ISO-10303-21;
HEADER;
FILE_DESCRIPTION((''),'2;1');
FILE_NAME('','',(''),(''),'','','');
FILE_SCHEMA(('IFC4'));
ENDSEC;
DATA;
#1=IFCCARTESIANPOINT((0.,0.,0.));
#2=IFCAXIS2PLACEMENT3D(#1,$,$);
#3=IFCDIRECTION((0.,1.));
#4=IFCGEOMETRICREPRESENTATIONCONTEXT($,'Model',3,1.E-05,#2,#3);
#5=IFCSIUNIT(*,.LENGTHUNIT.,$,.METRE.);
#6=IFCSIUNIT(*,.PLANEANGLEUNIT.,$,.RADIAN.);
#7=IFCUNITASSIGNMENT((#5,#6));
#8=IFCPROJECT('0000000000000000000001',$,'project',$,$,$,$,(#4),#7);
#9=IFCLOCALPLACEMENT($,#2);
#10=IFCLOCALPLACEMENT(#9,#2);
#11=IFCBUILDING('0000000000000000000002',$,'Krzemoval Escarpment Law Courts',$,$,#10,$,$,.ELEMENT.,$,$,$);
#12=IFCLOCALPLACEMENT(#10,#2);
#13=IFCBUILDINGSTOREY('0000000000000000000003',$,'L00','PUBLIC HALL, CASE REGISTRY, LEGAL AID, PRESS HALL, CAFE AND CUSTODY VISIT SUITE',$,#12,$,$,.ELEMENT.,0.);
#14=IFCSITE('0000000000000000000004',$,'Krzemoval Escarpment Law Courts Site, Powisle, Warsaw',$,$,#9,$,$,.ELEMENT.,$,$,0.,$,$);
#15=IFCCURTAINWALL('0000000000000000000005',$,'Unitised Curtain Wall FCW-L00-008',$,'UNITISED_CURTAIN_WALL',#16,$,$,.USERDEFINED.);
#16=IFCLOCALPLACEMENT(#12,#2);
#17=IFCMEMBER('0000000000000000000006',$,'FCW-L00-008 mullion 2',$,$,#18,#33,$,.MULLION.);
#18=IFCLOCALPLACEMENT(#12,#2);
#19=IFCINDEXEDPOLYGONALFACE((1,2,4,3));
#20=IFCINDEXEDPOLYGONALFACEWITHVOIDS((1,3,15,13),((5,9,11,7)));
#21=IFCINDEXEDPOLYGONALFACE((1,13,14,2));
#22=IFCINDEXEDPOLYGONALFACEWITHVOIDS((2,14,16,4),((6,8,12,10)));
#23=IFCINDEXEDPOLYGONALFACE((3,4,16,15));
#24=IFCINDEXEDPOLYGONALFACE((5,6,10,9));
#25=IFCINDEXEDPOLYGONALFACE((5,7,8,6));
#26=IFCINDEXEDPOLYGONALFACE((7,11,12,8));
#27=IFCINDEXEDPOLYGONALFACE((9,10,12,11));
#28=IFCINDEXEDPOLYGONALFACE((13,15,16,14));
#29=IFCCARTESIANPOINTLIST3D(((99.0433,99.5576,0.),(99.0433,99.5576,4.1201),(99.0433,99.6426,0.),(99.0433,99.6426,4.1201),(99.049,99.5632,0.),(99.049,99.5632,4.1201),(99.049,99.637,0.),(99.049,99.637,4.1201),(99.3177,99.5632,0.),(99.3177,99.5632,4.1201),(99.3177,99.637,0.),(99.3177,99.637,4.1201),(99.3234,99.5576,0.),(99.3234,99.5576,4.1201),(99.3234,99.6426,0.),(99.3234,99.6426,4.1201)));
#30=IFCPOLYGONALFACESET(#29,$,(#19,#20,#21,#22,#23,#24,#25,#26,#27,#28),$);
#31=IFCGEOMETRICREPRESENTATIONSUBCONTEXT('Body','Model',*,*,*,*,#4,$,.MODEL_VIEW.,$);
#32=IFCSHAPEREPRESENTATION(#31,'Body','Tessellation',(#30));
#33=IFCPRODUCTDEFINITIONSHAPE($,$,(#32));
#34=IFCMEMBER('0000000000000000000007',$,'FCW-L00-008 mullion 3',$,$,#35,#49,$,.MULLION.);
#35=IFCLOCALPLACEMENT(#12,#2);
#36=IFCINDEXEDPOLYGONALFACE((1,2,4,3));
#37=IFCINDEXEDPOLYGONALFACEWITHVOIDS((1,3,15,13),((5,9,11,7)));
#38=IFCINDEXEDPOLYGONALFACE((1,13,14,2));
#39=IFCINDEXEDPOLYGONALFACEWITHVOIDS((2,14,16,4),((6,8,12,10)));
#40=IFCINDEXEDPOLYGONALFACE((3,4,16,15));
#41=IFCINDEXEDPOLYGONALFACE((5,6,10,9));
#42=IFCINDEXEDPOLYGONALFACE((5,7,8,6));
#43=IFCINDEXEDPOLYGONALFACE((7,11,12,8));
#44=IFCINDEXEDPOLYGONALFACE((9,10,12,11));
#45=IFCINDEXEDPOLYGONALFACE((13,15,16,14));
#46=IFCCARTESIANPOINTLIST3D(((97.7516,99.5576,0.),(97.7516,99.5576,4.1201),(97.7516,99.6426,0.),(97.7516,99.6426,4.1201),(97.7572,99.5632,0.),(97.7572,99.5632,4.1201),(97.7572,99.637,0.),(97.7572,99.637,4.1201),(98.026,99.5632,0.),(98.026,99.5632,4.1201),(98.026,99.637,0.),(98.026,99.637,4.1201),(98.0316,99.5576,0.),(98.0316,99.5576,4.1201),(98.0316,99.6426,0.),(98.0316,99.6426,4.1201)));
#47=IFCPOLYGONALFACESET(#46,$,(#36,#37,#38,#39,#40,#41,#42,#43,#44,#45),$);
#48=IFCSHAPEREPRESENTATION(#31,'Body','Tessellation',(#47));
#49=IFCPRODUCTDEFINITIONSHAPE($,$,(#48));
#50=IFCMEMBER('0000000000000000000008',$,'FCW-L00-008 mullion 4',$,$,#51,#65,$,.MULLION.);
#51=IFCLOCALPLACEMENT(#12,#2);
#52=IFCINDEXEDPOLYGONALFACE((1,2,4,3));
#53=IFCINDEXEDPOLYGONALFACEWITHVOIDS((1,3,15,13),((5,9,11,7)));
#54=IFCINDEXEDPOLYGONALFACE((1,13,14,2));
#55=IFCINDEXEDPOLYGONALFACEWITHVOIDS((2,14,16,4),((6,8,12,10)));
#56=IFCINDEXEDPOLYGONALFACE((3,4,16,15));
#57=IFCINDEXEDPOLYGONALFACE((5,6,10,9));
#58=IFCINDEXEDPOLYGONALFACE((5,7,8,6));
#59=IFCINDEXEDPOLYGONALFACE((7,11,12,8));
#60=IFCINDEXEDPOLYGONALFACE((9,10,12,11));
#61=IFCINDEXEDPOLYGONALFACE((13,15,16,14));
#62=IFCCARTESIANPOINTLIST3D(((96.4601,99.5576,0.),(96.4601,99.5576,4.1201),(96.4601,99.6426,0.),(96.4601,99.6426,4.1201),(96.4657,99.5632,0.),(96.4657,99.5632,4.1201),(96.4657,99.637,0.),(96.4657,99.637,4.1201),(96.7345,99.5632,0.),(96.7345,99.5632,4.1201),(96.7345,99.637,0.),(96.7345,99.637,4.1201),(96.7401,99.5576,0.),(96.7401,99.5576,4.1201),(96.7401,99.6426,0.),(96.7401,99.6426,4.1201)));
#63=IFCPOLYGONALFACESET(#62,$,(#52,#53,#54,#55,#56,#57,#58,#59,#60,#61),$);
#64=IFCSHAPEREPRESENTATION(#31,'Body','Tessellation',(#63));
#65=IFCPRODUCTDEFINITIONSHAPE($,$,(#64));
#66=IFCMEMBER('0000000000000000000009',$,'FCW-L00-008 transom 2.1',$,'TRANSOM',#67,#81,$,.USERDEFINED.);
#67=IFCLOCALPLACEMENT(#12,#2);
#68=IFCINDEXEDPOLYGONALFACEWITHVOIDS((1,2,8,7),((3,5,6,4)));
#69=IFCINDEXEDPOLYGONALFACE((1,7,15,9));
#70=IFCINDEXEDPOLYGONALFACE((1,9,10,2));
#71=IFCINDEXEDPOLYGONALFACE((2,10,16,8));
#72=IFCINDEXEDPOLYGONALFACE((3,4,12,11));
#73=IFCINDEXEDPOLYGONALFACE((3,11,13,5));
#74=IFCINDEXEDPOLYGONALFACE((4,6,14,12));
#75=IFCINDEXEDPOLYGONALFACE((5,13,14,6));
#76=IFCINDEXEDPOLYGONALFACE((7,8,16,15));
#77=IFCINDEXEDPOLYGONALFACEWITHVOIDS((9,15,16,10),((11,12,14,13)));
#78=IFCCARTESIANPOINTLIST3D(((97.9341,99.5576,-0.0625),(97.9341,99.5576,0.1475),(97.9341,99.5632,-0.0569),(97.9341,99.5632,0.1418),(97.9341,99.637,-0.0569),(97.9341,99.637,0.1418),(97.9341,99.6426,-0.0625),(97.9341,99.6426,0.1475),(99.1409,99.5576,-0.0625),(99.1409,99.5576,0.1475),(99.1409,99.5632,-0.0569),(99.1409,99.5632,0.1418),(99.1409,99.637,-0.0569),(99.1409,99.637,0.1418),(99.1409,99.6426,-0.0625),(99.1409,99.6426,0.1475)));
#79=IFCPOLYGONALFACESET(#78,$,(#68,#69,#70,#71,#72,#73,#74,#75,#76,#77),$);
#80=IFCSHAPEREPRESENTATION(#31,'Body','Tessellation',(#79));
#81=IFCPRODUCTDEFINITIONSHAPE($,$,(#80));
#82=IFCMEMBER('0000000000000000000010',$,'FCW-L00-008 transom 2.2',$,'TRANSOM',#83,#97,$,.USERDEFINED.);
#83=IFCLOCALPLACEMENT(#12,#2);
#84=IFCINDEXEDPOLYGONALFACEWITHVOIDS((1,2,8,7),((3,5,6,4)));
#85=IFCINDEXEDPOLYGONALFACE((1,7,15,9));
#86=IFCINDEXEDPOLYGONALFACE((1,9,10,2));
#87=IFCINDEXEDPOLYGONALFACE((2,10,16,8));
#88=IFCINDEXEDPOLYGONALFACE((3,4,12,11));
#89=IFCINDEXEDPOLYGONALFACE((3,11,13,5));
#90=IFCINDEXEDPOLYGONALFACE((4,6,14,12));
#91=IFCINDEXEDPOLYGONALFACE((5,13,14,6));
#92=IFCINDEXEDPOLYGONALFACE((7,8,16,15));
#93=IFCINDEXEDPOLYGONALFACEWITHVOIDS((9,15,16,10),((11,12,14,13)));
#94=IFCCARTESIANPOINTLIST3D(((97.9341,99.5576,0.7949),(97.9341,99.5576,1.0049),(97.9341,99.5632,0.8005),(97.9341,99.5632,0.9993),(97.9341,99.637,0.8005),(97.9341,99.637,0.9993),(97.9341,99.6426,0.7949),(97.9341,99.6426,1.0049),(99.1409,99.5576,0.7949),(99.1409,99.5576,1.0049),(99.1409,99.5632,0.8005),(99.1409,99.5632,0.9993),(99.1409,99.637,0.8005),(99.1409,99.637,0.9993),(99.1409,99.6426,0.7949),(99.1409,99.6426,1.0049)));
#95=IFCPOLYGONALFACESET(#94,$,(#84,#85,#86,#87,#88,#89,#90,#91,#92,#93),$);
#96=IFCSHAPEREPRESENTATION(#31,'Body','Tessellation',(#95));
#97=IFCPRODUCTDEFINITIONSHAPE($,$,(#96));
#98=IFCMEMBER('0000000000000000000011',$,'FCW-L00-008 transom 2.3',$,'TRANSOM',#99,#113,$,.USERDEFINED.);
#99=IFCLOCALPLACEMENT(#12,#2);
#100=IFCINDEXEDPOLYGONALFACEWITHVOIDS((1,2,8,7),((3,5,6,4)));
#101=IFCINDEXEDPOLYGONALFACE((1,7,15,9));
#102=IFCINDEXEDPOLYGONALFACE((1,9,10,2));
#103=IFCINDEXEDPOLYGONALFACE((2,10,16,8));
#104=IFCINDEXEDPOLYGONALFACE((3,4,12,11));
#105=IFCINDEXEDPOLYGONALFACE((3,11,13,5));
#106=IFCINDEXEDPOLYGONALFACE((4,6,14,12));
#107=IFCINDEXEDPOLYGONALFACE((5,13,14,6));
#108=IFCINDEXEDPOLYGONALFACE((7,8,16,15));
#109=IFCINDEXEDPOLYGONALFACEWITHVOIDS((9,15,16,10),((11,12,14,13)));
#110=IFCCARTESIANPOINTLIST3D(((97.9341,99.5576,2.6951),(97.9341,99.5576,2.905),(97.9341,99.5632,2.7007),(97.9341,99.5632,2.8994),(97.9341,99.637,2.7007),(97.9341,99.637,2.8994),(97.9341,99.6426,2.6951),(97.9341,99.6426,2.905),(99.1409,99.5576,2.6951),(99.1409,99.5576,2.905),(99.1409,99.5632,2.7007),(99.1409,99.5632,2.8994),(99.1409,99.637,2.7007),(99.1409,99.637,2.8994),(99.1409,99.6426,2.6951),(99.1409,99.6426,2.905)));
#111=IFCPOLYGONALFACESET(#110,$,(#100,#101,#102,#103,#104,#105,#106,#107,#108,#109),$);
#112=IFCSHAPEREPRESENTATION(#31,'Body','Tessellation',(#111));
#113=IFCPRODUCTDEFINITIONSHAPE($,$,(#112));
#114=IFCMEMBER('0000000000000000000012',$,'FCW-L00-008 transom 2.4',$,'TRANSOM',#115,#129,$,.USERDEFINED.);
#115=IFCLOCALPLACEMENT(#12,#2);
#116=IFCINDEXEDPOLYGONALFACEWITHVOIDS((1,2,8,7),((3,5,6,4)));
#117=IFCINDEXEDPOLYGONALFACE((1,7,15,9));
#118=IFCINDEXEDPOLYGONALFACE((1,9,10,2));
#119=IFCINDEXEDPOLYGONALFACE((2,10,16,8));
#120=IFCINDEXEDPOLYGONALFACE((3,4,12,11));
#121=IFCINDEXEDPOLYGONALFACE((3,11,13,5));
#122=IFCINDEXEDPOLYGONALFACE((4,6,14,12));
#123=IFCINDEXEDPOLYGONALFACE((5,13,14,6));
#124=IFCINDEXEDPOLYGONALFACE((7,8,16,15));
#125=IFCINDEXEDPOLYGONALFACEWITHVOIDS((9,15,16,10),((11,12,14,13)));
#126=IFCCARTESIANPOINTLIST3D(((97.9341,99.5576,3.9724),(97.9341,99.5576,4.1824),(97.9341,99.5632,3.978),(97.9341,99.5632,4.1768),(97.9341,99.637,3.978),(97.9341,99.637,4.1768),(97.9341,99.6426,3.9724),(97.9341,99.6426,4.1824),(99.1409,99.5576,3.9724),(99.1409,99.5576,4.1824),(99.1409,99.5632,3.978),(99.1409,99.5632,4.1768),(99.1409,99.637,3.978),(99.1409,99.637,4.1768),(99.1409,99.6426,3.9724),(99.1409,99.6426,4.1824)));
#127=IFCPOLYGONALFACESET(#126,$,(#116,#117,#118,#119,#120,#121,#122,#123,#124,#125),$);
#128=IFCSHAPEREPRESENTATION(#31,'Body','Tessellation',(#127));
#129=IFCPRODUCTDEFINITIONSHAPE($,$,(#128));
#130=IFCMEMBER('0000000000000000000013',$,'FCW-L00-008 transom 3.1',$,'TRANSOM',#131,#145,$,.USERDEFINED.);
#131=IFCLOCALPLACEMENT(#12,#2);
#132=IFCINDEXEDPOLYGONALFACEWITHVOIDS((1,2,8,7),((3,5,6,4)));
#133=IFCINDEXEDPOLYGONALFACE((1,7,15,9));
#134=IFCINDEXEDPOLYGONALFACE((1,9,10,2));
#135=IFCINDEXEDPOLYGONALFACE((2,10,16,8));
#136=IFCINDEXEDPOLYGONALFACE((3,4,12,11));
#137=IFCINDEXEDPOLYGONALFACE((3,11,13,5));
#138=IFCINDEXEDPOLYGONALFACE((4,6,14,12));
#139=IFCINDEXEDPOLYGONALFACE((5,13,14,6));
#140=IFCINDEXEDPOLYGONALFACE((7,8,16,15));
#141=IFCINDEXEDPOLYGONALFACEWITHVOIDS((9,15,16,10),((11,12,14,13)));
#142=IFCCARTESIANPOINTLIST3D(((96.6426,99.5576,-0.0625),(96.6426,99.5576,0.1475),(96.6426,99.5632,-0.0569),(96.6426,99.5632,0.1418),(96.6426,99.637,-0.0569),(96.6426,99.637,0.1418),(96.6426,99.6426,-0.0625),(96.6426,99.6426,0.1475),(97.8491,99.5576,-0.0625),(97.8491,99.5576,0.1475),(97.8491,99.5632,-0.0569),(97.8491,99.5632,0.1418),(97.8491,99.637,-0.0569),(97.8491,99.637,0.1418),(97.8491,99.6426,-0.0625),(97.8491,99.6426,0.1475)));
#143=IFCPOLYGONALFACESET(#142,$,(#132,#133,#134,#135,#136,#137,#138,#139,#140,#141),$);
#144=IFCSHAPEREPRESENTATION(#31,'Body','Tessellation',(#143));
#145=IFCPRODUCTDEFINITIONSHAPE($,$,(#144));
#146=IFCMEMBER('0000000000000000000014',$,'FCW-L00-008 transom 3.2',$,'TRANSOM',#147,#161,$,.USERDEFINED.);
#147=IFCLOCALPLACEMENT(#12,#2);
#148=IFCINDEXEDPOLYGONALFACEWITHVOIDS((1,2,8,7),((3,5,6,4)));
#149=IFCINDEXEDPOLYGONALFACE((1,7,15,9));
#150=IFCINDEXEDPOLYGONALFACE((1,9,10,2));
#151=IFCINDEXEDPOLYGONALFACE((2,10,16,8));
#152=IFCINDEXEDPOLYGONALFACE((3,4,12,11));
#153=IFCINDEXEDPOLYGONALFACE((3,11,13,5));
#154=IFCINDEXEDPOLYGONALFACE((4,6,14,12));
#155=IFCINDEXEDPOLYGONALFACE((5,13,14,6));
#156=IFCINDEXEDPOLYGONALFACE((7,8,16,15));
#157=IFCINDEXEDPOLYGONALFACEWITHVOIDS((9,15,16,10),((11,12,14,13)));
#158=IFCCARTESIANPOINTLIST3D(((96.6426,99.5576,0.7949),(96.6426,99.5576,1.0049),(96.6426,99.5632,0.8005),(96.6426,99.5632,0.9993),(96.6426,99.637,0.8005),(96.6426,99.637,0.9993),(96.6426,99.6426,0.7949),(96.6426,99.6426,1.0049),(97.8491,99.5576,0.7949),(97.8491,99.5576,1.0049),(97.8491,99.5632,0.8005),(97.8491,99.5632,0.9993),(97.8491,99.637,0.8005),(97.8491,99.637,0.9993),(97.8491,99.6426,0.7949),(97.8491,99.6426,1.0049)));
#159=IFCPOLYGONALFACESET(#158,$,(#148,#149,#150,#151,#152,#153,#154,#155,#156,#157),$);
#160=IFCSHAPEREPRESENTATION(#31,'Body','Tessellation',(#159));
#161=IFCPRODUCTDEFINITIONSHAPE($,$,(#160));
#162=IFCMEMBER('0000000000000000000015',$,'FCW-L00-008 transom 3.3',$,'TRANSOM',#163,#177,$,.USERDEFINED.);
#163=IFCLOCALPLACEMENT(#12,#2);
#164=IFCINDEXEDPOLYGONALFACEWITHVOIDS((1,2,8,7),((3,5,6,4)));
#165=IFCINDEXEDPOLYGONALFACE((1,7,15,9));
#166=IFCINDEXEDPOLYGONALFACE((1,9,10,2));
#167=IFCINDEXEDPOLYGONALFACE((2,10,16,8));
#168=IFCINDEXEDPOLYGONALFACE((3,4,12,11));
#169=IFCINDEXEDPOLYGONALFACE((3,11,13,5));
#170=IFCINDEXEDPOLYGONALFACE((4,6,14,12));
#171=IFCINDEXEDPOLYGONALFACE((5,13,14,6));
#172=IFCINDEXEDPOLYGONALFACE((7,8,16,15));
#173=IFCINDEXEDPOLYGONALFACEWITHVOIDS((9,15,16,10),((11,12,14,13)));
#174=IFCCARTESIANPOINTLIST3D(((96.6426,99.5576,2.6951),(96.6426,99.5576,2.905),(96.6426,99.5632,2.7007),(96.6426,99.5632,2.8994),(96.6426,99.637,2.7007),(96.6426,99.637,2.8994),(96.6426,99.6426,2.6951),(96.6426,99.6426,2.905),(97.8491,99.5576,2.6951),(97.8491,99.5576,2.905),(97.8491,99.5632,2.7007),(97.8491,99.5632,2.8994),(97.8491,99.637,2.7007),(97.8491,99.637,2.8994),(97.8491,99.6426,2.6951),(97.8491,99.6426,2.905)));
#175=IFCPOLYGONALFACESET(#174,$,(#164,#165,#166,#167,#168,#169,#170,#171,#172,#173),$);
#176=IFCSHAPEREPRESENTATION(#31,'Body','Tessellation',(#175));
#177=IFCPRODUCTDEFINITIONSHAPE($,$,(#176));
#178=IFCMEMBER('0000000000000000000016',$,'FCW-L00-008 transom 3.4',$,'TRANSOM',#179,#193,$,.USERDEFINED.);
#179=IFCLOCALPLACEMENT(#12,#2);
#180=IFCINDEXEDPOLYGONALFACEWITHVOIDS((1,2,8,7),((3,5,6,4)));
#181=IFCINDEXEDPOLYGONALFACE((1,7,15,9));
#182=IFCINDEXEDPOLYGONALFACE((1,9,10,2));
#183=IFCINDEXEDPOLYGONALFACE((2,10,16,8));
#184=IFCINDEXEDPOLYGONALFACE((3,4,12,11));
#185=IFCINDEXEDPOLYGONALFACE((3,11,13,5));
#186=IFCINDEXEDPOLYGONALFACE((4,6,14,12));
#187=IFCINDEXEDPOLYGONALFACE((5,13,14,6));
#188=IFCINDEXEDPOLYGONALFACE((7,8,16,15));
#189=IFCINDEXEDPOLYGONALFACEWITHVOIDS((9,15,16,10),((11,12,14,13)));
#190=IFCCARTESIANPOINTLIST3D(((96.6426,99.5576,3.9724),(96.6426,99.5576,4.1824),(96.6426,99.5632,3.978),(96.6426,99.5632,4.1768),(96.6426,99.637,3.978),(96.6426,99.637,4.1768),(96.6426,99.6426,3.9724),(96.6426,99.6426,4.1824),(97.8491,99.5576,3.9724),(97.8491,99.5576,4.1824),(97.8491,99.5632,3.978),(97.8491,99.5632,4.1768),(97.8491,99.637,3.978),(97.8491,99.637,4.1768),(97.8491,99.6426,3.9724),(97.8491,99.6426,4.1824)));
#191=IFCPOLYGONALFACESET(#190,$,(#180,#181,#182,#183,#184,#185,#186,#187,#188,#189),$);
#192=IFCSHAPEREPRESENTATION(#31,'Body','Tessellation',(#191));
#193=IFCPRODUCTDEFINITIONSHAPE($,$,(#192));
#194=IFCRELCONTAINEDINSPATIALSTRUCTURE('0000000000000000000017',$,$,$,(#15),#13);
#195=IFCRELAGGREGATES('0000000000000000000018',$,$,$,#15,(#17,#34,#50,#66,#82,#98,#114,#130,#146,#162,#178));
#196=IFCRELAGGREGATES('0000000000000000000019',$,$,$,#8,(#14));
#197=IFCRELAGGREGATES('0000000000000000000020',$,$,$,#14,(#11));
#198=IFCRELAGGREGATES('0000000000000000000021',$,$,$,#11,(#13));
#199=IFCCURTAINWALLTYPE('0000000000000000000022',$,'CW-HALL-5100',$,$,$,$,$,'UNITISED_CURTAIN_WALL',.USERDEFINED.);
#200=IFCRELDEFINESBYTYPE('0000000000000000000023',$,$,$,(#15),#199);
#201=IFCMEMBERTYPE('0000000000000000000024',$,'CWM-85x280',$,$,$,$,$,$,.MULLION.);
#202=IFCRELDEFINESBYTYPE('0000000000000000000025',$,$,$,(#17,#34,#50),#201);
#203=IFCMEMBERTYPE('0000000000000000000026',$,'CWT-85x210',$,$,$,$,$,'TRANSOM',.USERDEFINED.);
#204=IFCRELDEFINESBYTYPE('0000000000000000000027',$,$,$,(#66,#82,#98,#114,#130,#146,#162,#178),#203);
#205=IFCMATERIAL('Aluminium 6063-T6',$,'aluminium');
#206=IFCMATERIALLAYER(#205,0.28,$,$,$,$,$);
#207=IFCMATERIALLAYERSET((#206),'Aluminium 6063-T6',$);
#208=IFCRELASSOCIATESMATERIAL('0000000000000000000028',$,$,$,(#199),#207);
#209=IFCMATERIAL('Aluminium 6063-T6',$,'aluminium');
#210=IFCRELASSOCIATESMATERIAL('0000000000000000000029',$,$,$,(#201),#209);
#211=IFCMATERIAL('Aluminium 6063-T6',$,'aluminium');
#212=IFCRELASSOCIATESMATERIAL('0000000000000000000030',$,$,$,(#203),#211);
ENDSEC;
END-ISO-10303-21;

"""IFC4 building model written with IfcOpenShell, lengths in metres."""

from ifc_helpers import new_model, si_unit, direction, frame, origin, origin_2d, place, context, subcontext, project, spatial, hollow_rectangle, extrude, material, layer, layer_set, material_profile, profile_set, type_object, element, aggregate, save


model = new_model("IFC4")

# Units and contexts
model_context = context("Model", 3, precision=1e-05, world=origin(), true_north=direction((0.0, 1.0)))
body_context = subcontext(model_context, "Body", "Model", "MODEL_VIEW")
ifc_project = project(units=[si_unit("LENGTHUNIT", "METRE"), si_unit("PLANEANGLEUNIT", "RADIAN")], contexts=[model_context])

# Site, building, storey
site_placement = place(None, origin())
site = spatial("IfcSite", under=ifc_project, at=site_placement, Name="Krzemoval Escarpment Law Courts Site, Powisle, Warsaw", CompositionType="ELEMENT", RefElevation=0.0)
building_placement = place(site_placement, origin())
building = spatial("IfcBuilding", under=site, at=building_placement, Name="Krzemoval Escarpment Law Courts", CompositionType="ELEMENT")
storey_placement = place(building_placement, origin())
storey = spatial("IfcBuildingStorey", under=building, at=storey_placement, Name="L00", Description="PUBLIC HALL, CASE REGISTRY, LEGAL AID, PRESS HALL, CAFE AND CUSTODY VISIT SUITE", CompositionType="ELEMENT", Elevation=0.0)

# Curtain wall, members
ifc_material_1 = material(Name="Aluminium 6063-T6", Category="aluminium")
ifc_layer_1 = layer(ifc_material_1, 0.28)
ifc_layer_set_1 = layer_set([ifc_layer_1], Name="Aluminium 6063-T6")
curtain_wall_type = type_object("IfcCurtainWallType", Name="CW-HALL-5100", ElementType="UNITISED_CURTAIN_WALL", PredefinedType="USERDEFINED", material=ifc_layer_set_1)
curtain_wall_placement = place(storey_placement, origin())
curtain_wall = element("IfcCurtainWall", 1, at=curtain_wall_placement, inside=storey, type_object=curtain_wall_type, Name="Unitised Curtain Wall FCW-L00-008", ObjectType="UNITISED_CURTAIN_WALL", PredefinedType="USERDEFINED")
ifc_material_2 = material(Name="Aluminium 6063-T6", Category="aluminium")
ifc_material_profile_1 = material_profile(ifc_material_2, hollow_rectangle(XDim=0.085, YDim=0.28, WallThickness=0.0056, at=origin_2d()), Name="ALU M85x280")
ifc_profile_set_1 = profile_set([ifc_material_profile_1], Name="Aluminium 6063-T6")
member_type_1 = type_object("IfcMemberType", Name="CWM-85x280", PredefinedType="MULLION", material=ifc_profile_set_1)
member_1_placement = place(storey_placement, frame((99.1833, 99.6001, 0.0), z_axis=(0.0, 0.0, 1.0), x_axis=(0.0, -1.0, 0.0)))
member_1 = element("IfcMember", 2, at=member_1_placement, type_object=member_type_1, Name="FCW-L00-008 mullion 2", PredefinedType="MULLION", context=body_context, shape_type="SweptSolid", body=[
    extrude(hollow_rectangle(XDim=0.085, YDim=0.28, WallThickness=0.0056, at=origin_2d()), origin(), (0.0, 0.0, 1.0), 4.1201),
])
member_2_placement = place(storey_placement, frame((97.8916, 99.6001, 0.0), z_axis=(0.0, 0.0, 1.0), x_axis=(0.0, -1.0, 0.0)))
member_2 = element("IfcMember", 3, at=member_2_placement, type_object=member_type_1, Name="FCW-L00-008 mullion 3", PredefinedType="MULLION", context=body_context, shape_type="SweptSolid", body=[
    extrude(hollow_rectangle(XDim=0.085, YDim=0.28, WallThickness=0.0056, at=origin_2d()), origin(), (0.0, 0.0, 1.0), 4.1201),
])
member_3_placement = place(storey_placement, frame((96.6001, 99.6001, 0.0), z_axis=(0.0, 0.0, 1.0), x_axis=(0.0, -1.0, 0.0)))
member_3 = element("IfcMember", 4, at=member_3_placement, type_object=member_type_1, Name="FCW-L00-008 mullion 4", PredefinedType="MULLION", context=body_context, shape_type="SweptSolid", body=[
    extrude(hollow_rectangle(XDim=0.085, YDim=0.28, WallThickness=0.0056, at=origin_2d()), origin(), (0.0, 0.0, 1.0), 4.1201),
])
ifc_material_3 = material(Name="Aluminium 6063-T6", Category="aluminium")
ifc_material_profile_2 = material_profile(ifc_material_3, hollow_rectangle(XDim=0.085, YDim=0.21, WallThickness=0.0056, at=origin_2d()), Name="ALU T85x210")
ifc_profile_set_2 = profile_set([ifc_material_profile_2], Name="Aluminium 6063-T6")
member_type_2 = type_object("IfcMemberType", Name="CWT-85x210", ElementType="TRANSOM", PredefinedType="USERDEFINED", material=ifc_profile_set_2)
member_4_placement = place(storey_placement, frame((99.1409, 99.6001, 0.0425), z_axis=(-1.0, 0.0, 0.0), x_axis=(0.0, -1.0, 0.0)))
member_4 = element("IfcMember", 5, at=member_4_placement, type_object=member_type_2, Name="FCW-L00-008 transom 2.1", ObjectType="TRANSOM", PredefinedType="USERDEFINED", context=body_context, shape_type="SweptSolid", body=[
    extrude(hollow_rectangle(XDim=0.085, YDim=0.21, WallThickness=0.0056, at=origin_2d()), origin(), (0.0, 0.0, 1.0), 1.2068),
])
member_5_placement = place(storey_placement, frame((99.1409, 99.6001, 0.8999), z_axis=(-1.0, 0.0, 0.0), x_axis=(0.0, -1.0, 0.0)))
member_5 = element("IfcMember", 6, at=member_5_placement, type_object=member_type_2, Name="FCW-L00-008 transom 2.2", ObjectType="TRANSOM", PredefinedType="USERDEFINED", context=body_context, shape_type="SweptSolid", body=[
    extrude(hollow_rectangle(XDim=0.085, YDim=0.21, WallThickness=0.0056, at=origin_2d()), origin(), (0.0, 0.0, 1.0), 1.2068),
])
member_6_placement = place(storey_placement, frame((99.1409, 99.6001, 2.8), z_axis=(-1.0, 0.0, 0.0), x_axis=(0.0, -1.0, 0.0)))
member_6 = element("IfcMember", 7, at=member_6_placement, type_object=member_type_2, Name="FCW-L00-008 transom 2.3", ObjectType="TRANSOM", PredefinedType="USERDEFINED", context=body_context, shape_type="SweptSolid", body=[
    extrude(hollow_rectangle(XDim=0.085, YDim=0.21, WallThickness=0.0056, at=origin_2d()), origin(), (0.0, 0.0, 1.0), 1.2068),
])
member_7_placement = place(storey_placement, frame((99.1409, 99.6001, 4.0774), z_axis=(-1.0, 0.0, 0.0), x_axis=(0.0, -1.0, 0.0)))
member_7 = element("IfcMember", 8, at=member_7_placement, type_object=member_type_2, Name="FCW-L00-008 transom 2.4", ObjectType="TRANSOM", PredefinedType="USERDEFINED", context=body_context, shape_type="SweptSolid", body=[
    extrude(hollow_rectangle(XDim=0.085, YDim=0.21, WallThickness=0.0056, at=origin_2d()), origin(), (0.0, 0.0, 1.0), 1.2068),
])
member_8_placement = place(storey_placement, frame((97.8491, 99.6001, 0.0425), z_axis=(-1.0, 0.0, 0.0), x_axis=(0.0, -1.0, 0.0)))
member_8 = element("IfcMember", 9, at=member_8_placement, type_object=member_type_2, Name="FCW-L00-008 transom 3.1", ObjectType="TRANSOM", PredefinedType="USERDEFINED", context=body_context, shape_type="SweptSolid", body=[
    extrude(hollow_rectangle(XDim=0.085, YDim=0.21, WallThickness=0.0056, at=origin_2d()), origin(), (0.0, 0.0, 1.0), 1.2065),
])
member_9_placement = place(storey_placement, frame((97.8491, 99.6001, 0.8999), z_axis=(-1.0, 0.0, 0.0), x_axis=(0.0, -1.0, 0.0)))
member_9 = element("IfcMember", 10, at=member_9_placement, type_object=member_type_2, Name="FCW-L00-008 transom 3.2", ObjectType="TRANSOM", PredefinedType="USERDEFINED", context=body_context, shape_type="SweptSolid", body=[
    extrude(hollow_rectangle(XDim=0.085, YDim=0.21, WallThickness=0.0056, at=origin_2d()), origin(), (0.0, 0.0, 1.0), 1.2065),
])
member_10_placement = place(storey_placement, frame((97.8491, 99.6001, 2.8), z_axis=(-1.0, 0.0, 0.0), x_axis=(0.0, -1.0, 0.0)))
member_10 = element("IfcMember", 11, at=member_10_placement, type_object=member_type_2, Name="FCW-L00-008 transom 3.3", ObjectType="TRANSOM", PredefinedType="USERDEFINED", context=body_context, shape_type="SweptSolid", body=[
    extrude(hollow_rectangle(XDim=0.085, YDim=0.21, WallThickness=0.0056, at=origin_2d()), origin(), (0.0, 0.0, 1.0), 1.2065),
])
member_11_placement = place(storey_placement, frame((97.8491, 99.6001, 4.0774), z_axis=(-1.0, 0.0, 0.0), x_axis=(0.0, -1.0, 0.0)))
member_11 = element("IfcMember", 12, at=member_11_placement, type_object=member_type_2, Name="FCW-L00-008 transom 3.4", ObjectType="TRANSOM", PredefinedType="USERDEFINED", context=body_context, shape_type="SweptSolid", body=[
    extrude(hollow_rectangle(XDim=0.085, YDim=0.21, WallThickness=0.0056, at=origin_2d()), origin(), (0.0, 0.0, 1.0), 1.2065),
])
aggregate(curtain_wall, [member_1, member_2, member_3, member_4, member_5, member_6, member_7, member_8, member_9, member_10, member_11])

save(model, "model.ifc")
